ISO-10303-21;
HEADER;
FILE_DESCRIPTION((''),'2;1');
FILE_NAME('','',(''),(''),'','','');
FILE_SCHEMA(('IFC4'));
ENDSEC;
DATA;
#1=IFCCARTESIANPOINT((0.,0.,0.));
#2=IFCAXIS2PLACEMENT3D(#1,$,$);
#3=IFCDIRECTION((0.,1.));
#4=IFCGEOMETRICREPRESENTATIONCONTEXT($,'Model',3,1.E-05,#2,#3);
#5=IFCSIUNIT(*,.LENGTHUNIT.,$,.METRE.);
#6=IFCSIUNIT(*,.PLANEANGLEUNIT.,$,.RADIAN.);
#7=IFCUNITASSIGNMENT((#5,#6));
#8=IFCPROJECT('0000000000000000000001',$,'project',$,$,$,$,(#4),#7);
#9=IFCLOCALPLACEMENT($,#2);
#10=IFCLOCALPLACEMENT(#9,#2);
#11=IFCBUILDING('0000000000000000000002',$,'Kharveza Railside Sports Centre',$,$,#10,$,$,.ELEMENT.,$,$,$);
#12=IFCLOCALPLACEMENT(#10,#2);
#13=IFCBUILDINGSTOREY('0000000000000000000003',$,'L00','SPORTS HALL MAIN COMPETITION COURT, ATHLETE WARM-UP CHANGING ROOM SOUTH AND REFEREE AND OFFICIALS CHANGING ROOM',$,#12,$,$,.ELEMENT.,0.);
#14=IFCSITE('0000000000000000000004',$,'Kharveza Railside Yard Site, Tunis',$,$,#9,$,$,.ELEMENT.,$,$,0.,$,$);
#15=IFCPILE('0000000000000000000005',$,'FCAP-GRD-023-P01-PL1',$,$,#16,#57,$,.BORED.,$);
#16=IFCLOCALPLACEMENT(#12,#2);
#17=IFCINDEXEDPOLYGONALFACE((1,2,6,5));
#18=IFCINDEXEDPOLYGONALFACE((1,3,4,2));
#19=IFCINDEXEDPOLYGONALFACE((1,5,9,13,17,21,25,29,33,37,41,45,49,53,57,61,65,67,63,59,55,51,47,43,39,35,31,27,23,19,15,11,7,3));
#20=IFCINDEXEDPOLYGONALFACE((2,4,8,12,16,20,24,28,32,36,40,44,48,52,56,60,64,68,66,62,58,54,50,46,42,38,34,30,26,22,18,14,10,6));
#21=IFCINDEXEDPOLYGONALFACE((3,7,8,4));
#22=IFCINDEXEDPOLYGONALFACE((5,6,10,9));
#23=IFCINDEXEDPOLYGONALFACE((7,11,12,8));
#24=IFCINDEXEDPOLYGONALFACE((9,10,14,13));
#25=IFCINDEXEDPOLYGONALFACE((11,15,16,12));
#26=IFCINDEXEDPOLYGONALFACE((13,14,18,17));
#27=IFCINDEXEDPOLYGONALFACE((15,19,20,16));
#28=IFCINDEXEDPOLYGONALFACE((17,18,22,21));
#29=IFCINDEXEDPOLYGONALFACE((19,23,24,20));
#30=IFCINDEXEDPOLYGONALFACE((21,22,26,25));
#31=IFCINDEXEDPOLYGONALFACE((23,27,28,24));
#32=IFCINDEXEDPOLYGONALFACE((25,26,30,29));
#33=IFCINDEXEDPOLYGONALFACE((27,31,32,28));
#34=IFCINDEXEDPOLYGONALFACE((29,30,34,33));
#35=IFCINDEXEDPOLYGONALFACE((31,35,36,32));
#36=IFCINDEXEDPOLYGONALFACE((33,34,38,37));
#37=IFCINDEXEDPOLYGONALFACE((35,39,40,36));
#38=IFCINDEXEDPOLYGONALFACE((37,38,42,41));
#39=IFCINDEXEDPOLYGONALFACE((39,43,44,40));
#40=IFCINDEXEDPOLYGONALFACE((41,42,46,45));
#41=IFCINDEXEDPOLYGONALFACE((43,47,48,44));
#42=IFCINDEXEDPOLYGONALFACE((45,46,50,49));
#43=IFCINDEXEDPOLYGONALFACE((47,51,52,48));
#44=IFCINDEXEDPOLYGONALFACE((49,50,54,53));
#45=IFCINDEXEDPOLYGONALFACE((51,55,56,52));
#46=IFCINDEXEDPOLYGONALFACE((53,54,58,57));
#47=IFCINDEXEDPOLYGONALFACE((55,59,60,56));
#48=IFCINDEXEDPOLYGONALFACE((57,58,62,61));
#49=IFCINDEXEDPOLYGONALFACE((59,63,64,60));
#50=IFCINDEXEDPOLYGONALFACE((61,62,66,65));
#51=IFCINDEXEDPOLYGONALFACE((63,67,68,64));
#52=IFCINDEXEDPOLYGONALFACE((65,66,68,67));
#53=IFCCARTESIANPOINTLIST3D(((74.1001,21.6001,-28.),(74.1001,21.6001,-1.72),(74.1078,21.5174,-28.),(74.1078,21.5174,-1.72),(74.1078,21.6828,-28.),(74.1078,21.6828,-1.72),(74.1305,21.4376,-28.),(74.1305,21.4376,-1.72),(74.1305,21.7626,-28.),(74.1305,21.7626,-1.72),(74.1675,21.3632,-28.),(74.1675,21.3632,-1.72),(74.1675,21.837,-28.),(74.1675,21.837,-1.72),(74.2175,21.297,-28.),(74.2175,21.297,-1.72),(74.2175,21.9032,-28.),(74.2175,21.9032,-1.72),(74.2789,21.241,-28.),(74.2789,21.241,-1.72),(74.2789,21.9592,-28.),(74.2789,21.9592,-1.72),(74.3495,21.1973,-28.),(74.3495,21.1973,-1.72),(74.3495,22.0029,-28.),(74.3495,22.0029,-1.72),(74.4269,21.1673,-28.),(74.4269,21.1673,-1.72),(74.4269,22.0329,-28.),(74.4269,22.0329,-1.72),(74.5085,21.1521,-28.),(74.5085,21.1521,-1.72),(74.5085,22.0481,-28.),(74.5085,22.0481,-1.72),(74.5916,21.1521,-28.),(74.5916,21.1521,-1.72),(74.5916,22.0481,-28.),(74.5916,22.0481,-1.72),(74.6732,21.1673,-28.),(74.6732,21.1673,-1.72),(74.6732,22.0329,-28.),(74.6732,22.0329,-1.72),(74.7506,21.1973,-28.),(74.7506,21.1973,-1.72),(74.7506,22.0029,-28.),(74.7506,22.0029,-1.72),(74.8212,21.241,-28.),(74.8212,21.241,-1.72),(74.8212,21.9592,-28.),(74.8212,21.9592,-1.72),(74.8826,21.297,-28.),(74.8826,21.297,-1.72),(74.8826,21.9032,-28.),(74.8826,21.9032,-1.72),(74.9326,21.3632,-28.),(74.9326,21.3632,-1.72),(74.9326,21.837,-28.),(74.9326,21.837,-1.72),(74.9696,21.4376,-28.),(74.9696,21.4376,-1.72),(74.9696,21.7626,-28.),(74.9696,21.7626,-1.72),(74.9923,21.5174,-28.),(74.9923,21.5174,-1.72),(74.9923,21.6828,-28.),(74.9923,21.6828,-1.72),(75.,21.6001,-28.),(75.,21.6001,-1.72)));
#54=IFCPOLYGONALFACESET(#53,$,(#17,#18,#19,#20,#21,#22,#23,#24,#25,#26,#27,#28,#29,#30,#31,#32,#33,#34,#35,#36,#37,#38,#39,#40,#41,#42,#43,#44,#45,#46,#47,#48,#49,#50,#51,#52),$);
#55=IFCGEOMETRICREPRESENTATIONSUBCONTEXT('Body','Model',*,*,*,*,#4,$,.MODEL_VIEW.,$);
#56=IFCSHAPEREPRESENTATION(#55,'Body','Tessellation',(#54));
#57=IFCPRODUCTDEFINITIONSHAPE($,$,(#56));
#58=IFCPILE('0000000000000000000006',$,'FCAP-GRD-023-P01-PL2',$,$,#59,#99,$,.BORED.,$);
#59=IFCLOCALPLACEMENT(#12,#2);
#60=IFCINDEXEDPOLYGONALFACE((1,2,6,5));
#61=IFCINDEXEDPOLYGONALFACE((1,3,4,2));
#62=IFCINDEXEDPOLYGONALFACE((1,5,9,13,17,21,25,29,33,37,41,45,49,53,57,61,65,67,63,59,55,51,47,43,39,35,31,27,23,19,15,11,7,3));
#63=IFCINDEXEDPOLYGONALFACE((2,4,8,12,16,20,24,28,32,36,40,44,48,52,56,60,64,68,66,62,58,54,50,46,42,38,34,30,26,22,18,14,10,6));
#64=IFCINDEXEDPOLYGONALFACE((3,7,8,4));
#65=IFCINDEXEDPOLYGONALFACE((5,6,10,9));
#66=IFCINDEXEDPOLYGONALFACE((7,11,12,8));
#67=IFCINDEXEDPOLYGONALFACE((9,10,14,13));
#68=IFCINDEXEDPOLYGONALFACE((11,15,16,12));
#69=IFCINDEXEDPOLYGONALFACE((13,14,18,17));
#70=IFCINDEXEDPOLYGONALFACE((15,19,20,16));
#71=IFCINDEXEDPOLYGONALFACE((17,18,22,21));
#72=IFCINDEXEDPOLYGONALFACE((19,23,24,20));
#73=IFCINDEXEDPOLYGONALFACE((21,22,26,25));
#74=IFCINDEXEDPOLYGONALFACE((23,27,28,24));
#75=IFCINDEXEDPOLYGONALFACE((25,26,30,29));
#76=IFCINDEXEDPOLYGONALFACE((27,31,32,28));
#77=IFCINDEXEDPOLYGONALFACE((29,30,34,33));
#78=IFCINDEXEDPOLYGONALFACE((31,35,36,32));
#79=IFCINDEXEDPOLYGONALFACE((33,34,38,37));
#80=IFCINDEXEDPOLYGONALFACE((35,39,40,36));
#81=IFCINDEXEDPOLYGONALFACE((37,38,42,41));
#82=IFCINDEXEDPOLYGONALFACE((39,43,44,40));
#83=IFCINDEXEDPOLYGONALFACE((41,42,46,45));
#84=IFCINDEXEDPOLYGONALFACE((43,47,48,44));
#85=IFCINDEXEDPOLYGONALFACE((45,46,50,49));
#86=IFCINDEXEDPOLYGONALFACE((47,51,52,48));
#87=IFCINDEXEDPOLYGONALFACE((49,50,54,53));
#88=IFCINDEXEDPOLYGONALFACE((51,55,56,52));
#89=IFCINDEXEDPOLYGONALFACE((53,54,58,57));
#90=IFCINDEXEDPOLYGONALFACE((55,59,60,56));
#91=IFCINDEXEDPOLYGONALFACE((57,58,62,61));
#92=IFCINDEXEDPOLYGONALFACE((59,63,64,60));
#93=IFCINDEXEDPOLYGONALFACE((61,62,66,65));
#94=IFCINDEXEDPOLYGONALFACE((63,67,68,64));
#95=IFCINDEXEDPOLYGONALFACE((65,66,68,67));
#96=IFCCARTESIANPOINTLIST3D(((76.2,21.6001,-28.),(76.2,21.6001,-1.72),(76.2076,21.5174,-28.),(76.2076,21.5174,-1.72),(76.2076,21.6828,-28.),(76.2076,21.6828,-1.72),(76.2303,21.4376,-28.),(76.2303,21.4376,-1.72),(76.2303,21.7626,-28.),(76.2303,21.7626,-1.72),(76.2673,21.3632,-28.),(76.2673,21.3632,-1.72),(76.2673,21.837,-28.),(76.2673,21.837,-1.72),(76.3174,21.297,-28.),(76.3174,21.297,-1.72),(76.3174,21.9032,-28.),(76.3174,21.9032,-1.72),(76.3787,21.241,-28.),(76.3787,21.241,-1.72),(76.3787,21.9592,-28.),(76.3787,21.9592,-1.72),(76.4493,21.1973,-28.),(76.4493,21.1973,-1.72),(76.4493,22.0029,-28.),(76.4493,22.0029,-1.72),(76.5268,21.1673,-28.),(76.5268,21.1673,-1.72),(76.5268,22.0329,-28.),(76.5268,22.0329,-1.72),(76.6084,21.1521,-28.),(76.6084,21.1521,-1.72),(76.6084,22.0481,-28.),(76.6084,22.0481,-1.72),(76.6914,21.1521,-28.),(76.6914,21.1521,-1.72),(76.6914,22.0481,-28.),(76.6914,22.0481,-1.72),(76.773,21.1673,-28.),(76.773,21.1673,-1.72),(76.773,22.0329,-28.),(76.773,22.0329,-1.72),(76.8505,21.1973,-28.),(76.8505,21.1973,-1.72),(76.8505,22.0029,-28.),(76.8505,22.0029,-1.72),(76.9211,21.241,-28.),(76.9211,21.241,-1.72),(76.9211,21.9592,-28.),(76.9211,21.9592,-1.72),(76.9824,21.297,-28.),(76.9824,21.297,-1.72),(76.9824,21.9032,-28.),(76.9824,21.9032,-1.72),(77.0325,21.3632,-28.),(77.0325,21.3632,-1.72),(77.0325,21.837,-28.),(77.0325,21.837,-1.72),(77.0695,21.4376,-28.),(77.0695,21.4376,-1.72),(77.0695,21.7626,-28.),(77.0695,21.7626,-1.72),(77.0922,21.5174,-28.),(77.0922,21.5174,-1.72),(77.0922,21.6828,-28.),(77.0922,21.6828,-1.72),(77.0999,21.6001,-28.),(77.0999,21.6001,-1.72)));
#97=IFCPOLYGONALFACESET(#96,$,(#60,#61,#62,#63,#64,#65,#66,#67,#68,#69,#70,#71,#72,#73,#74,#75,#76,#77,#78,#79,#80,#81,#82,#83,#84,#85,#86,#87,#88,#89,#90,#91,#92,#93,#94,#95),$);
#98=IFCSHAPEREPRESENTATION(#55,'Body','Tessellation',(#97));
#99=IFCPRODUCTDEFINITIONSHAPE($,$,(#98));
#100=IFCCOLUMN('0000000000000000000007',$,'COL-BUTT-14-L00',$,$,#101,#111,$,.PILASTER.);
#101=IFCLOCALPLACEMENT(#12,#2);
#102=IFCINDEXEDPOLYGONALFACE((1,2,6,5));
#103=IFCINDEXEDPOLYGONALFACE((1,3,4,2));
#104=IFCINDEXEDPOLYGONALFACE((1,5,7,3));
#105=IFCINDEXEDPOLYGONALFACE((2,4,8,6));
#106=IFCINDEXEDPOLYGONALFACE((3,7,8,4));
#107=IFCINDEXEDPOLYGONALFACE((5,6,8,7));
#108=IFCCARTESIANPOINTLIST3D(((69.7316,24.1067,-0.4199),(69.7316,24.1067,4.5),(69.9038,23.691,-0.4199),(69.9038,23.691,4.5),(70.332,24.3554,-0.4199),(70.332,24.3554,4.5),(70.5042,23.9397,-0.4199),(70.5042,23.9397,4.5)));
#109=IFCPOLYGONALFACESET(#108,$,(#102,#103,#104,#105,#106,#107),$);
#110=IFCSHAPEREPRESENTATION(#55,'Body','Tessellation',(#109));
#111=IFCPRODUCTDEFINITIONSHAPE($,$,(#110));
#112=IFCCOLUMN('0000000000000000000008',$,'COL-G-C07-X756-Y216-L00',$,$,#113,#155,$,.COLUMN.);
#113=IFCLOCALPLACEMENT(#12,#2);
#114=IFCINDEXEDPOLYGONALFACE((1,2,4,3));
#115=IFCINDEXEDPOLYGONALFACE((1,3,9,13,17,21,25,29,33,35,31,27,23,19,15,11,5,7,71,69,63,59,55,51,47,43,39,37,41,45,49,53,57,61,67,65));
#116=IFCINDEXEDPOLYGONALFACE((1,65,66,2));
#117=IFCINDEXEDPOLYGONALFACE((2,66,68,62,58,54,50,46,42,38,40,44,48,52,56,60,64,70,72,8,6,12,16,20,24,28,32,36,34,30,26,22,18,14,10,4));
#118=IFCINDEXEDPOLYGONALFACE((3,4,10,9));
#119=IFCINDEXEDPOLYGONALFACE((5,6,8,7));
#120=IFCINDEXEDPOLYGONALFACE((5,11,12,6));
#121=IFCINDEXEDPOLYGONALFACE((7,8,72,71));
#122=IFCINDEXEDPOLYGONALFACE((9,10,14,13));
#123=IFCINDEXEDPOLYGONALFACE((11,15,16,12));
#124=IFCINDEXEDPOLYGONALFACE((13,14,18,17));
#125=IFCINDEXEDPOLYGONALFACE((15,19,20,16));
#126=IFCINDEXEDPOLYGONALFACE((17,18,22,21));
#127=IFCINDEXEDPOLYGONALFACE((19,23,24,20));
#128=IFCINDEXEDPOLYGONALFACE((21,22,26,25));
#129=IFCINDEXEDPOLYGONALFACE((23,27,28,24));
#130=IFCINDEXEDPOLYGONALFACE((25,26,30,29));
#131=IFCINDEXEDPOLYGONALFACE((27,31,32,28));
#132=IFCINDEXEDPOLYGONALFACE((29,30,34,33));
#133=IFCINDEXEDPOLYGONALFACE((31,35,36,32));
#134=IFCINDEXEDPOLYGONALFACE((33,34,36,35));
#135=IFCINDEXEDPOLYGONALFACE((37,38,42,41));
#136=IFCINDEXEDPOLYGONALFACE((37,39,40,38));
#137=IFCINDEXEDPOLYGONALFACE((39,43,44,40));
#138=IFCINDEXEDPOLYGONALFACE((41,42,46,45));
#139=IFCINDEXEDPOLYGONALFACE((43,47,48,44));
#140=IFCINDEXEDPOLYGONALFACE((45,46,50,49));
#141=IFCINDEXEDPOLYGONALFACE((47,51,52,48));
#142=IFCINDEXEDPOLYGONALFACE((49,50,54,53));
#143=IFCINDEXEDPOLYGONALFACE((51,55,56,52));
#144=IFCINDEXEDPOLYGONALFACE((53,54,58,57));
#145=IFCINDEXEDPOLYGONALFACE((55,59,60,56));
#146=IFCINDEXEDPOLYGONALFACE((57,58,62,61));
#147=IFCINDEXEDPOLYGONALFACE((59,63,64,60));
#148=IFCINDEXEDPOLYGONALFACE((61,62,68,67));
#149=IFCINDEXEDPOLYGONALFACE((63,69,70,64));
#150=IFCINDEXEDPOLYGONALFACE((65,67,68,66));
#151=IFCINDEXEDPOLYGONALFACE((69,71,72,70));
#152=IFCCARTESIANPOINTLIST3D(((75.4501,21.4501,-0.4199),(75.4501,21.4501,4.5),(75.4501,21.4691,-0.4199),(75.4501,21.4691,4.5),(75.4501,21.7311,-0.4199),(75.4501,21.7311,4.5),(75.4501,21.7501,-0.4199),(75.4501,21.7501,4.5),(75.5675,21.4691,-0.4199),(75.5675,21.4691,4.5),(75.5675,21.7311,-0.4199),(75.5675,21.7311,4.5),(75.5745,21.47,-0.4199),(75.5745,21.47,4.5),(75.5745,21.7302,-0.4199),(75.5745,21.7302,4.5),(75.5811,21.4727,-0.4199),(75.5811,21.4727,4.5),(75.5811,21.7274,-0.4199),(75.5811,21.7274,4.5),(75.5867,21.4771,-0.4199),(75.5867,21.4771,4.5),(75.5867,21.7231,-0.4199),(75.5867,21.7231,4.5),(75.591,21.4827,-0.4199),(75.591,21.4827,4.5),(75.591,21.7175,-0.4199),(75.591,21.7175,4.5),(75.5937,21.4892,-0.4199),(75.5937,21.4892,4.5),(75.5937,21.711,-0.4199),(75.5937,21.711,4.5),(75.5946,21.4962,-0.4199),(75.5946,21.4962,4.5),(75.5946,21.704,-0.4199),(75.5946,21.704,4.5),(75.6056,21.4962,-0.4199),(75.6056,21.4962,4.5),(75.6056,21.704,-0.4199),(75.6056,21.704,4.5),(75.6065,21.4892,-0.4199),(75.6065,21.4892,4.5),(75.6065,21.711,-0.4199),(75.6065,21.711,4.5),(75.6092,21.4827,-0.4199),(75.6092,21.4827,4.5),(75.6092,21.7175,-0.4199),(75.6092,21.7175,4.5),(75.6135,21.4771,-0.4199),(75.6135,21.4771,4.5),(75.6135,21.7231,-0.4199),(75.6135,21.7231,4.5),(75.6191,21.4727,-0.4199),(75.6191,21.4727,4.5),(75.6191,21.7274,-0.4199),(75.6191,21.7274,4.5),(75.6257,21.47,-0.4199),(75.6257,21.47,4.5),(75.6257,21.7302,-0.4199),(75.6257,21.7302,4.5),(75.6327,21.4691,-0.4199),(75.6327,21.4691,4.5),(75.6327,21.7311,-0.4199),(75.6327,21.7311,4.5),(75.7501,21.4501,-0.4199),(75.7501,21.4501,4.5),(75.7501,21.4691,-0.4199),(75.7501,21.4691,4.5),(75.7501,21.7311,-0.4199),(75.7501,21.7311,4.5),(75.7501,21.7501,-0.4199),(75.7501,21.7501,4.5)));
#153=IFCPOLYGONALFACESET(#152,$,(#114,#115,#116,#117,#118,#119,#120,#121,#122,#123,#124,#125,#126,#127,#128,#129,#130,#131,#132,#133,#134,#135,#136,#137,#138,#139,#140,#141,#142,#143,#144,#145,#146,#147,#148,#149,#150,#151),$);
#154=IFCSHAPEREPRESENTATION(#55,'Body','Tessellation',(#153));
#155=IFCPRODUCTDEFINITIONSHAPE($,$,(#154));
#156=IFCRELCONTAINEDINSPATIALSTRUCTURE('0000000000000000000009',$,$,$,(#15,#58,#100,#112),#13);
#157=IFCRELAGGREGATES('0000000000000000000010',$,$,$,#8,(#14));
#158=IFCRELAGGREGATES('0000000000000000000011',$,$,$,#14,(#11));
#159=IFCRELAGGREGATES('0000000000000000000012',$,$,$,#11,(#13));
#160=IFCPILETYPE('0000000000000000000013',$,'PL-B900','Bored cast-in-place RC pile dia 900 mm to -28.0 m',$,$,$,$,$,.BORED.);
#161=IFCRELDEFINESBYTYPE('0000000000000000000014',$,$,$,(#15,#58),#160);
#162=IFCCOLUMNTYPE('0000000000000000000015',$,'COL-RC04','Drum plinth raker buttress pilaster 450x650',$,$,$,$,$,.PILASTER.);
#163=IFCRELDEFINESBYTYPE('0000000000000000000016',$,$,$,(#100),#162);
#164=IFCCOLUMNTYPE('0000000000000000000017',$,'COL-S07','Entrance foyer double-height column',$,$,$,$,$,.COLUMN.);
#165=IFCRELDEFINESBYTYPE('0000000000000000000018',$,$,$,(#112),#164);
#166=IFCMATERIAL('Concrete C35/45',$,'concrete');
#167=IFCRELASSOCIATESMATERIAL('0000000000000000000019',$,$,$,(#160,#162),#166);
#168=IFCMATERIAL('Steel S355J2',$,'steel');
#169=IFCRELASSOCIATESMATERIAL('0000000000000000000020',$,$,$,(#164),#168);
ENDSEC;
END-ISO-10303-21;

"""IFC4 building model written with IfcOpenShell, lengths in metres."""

from ifc_helpers import new_model, si_unit, direction, frame, origin, origin_2d, place, context, subcontext, project, spatial, rectangle, circle, i_section, extrude, material, material_profile, profile_set, type_object, element, save


model = new_model("IFC4")

# Units and contexts
model_context = context("Model", 3, precision=1e-05, world=origin(), true_north=direction((0.0, 1.0)))
body_context = subcontext(model_context, "Body", "Model", "MODEL_VIEW")
ifc_project = project(units=[si_unit("LENGTHUNIT", "METRE"), si_unit("PLANEANGLEUNIT", "RADIAN")], contexts=[model_context])

# Site, building, storey
site_placement = place(None, origin())
site = spatial("IfcSite", under=ifc_project, at=site_placement, Name="Kharveza Railside Yard Site, Tunis", CompositionType="ELEMENT", RefElevation=0.0)
building_placement = place(site_placement, origin())
building = spatial("IfcBuilding", under=site, at=building_placement, Name="Kharveza Railside Sports Centre", CompositionType="ELEMENT")
storey_placement = place(building_placement, origin())
storey = spatial("IfcBuildingStorey", under=building, at=storey_placement, Name="L00", Description="SPORTS HALL MAIN COMPETITION COURT, ATHLETE WARM-UP CHANGING ROOM SOUTH AND REFEREE AND OFFICIALS CHANGING ROOM", CompositionType="ELEMENT", Elevation=0.0)

# Shared definitions
ifc_material_1 = material(Name="Concrete C35/45", Category="concrete")

# Piles
ifc_material_profile_1 = material_profile(ifc_material_1, circle(Radius=0.45, at=origin_2d()), Name="PILE D900")
ifc_profile_set_1 = profile_set([ifc_material_profile_1], Name="Concrete C35/45")
pile_type_1 = type_object("IfcPileType", Name="PL-B900", Description="Bored cast-in-place RC pile dia 900 mm to -28.0 m", PredefinedType="BORED", material=ifc_profile_set_1)
for number, where, z_axis, x_axis, name in (
    (1, (74.55, 21.6001, -1.72), (0.0, 0.0, -1.0), (1.0, 0.0, 0.0), "FCAP-GRD-023-P01-PL1"),
    (2, (76.6499, 21.6001, -1.72), (0.0, 0.0, -1.0), (1.0, 0.0, 0.0), "FCAP-GRD-023-P01-PL2"),
):
    element("IfcPile", number, at=place(storey_placement, frame(where, z_axis=z_axis, x_axis=x_axis)), inside=storey, type_object=pile_type_1, Name=name, PredefinedType="BORED", context=body_context, shape_type="SweptSolid", body=[
        extrude(circle(Radius=0.45, at=origin_2d()), origin(), (0.0, 0.0, 1.0), 26.28),
    ])

# Columns
ifc_material_profile_2 = material_profile(ifc_material_1, rectangle(XDim=0.45, YDim=0.6499, at=origin_2d()), Name="RC 450x650")
ifc_profile_set_2 = profile_set([ifc_material_profile_2], Name="Concrete C35/45")
column_type_1 = type_object("IfcColumnType", Name="COL-RC04", Description="Drum plinth raker buttress pilaster 450x650", PredefinedType="PILASTER", material=ifc_profile_set_2)
column_1_placement = place(storey_placement, frame((70.1179, 24.0232, -0.4199), z_axis=(0.0, 0.0, 1.0), x_axis=(0.382683, -0.92388, 0.0)))
element("IfcColumn", 3, at=column_1_placement, inside=storey, type_object=column_type_1, Name="COL-BUTT-14-L00", PredefinedType="PILASTER", context=body_context, shape_type="SweptSolid", body=[
    extrude(rectangle(XDim=0.45, YDim=0.6499, at=origin_2d()), origin(), (0.0, 0.0, 1.0), 4.9199),
])
ifc_material_2 = material(Name="Steel S355J2", Category="steel")
ifc_material_profile_3 = material_profile(ifc_material_2, i_section(OverallWidth=0.3, OverallDepth=0.3, WebThickness=0.011, FlangeThickness=0.019, FilletRadius=0.0271, at=origin_2d()), Name="HEB 300")
ifc_profile_set_3 = profile_set([ifc_material_profile_3], Name="Steel S355J2")
column_type_2 = type_object("IfcColumnType", Name="COL-S07", Description="Entrance foyer double-height column", PredefinedType="COLUMN", material=ifc_profile_set_3)
column_2_placement = place(storey_placement, frame((75.6001, 21.6001, -0.4199), z_axis=(0.0, 0.0, 1.0), x_axis=(1.0, 0.0, 0.0)))
element("IfcColumn", 4, at=column_2_placement, inside=storey, type_object=column_type_2, Name="COL-G-C07-X756-Y216-L00", PredefinedType="COLUMN", context=body_context, shape_type="SweptSolid", body=[
    extrude(i_section(OverallWidth=0.3, OverallDepth=0.3, WebThickness=0.011, FlangeThickness=0.019, FilletRadius=0.0271, at=origin_2d()), origin(), (0.0, 0.0, 1.0), 4.9199),
])

save(model, "model.ifc")
